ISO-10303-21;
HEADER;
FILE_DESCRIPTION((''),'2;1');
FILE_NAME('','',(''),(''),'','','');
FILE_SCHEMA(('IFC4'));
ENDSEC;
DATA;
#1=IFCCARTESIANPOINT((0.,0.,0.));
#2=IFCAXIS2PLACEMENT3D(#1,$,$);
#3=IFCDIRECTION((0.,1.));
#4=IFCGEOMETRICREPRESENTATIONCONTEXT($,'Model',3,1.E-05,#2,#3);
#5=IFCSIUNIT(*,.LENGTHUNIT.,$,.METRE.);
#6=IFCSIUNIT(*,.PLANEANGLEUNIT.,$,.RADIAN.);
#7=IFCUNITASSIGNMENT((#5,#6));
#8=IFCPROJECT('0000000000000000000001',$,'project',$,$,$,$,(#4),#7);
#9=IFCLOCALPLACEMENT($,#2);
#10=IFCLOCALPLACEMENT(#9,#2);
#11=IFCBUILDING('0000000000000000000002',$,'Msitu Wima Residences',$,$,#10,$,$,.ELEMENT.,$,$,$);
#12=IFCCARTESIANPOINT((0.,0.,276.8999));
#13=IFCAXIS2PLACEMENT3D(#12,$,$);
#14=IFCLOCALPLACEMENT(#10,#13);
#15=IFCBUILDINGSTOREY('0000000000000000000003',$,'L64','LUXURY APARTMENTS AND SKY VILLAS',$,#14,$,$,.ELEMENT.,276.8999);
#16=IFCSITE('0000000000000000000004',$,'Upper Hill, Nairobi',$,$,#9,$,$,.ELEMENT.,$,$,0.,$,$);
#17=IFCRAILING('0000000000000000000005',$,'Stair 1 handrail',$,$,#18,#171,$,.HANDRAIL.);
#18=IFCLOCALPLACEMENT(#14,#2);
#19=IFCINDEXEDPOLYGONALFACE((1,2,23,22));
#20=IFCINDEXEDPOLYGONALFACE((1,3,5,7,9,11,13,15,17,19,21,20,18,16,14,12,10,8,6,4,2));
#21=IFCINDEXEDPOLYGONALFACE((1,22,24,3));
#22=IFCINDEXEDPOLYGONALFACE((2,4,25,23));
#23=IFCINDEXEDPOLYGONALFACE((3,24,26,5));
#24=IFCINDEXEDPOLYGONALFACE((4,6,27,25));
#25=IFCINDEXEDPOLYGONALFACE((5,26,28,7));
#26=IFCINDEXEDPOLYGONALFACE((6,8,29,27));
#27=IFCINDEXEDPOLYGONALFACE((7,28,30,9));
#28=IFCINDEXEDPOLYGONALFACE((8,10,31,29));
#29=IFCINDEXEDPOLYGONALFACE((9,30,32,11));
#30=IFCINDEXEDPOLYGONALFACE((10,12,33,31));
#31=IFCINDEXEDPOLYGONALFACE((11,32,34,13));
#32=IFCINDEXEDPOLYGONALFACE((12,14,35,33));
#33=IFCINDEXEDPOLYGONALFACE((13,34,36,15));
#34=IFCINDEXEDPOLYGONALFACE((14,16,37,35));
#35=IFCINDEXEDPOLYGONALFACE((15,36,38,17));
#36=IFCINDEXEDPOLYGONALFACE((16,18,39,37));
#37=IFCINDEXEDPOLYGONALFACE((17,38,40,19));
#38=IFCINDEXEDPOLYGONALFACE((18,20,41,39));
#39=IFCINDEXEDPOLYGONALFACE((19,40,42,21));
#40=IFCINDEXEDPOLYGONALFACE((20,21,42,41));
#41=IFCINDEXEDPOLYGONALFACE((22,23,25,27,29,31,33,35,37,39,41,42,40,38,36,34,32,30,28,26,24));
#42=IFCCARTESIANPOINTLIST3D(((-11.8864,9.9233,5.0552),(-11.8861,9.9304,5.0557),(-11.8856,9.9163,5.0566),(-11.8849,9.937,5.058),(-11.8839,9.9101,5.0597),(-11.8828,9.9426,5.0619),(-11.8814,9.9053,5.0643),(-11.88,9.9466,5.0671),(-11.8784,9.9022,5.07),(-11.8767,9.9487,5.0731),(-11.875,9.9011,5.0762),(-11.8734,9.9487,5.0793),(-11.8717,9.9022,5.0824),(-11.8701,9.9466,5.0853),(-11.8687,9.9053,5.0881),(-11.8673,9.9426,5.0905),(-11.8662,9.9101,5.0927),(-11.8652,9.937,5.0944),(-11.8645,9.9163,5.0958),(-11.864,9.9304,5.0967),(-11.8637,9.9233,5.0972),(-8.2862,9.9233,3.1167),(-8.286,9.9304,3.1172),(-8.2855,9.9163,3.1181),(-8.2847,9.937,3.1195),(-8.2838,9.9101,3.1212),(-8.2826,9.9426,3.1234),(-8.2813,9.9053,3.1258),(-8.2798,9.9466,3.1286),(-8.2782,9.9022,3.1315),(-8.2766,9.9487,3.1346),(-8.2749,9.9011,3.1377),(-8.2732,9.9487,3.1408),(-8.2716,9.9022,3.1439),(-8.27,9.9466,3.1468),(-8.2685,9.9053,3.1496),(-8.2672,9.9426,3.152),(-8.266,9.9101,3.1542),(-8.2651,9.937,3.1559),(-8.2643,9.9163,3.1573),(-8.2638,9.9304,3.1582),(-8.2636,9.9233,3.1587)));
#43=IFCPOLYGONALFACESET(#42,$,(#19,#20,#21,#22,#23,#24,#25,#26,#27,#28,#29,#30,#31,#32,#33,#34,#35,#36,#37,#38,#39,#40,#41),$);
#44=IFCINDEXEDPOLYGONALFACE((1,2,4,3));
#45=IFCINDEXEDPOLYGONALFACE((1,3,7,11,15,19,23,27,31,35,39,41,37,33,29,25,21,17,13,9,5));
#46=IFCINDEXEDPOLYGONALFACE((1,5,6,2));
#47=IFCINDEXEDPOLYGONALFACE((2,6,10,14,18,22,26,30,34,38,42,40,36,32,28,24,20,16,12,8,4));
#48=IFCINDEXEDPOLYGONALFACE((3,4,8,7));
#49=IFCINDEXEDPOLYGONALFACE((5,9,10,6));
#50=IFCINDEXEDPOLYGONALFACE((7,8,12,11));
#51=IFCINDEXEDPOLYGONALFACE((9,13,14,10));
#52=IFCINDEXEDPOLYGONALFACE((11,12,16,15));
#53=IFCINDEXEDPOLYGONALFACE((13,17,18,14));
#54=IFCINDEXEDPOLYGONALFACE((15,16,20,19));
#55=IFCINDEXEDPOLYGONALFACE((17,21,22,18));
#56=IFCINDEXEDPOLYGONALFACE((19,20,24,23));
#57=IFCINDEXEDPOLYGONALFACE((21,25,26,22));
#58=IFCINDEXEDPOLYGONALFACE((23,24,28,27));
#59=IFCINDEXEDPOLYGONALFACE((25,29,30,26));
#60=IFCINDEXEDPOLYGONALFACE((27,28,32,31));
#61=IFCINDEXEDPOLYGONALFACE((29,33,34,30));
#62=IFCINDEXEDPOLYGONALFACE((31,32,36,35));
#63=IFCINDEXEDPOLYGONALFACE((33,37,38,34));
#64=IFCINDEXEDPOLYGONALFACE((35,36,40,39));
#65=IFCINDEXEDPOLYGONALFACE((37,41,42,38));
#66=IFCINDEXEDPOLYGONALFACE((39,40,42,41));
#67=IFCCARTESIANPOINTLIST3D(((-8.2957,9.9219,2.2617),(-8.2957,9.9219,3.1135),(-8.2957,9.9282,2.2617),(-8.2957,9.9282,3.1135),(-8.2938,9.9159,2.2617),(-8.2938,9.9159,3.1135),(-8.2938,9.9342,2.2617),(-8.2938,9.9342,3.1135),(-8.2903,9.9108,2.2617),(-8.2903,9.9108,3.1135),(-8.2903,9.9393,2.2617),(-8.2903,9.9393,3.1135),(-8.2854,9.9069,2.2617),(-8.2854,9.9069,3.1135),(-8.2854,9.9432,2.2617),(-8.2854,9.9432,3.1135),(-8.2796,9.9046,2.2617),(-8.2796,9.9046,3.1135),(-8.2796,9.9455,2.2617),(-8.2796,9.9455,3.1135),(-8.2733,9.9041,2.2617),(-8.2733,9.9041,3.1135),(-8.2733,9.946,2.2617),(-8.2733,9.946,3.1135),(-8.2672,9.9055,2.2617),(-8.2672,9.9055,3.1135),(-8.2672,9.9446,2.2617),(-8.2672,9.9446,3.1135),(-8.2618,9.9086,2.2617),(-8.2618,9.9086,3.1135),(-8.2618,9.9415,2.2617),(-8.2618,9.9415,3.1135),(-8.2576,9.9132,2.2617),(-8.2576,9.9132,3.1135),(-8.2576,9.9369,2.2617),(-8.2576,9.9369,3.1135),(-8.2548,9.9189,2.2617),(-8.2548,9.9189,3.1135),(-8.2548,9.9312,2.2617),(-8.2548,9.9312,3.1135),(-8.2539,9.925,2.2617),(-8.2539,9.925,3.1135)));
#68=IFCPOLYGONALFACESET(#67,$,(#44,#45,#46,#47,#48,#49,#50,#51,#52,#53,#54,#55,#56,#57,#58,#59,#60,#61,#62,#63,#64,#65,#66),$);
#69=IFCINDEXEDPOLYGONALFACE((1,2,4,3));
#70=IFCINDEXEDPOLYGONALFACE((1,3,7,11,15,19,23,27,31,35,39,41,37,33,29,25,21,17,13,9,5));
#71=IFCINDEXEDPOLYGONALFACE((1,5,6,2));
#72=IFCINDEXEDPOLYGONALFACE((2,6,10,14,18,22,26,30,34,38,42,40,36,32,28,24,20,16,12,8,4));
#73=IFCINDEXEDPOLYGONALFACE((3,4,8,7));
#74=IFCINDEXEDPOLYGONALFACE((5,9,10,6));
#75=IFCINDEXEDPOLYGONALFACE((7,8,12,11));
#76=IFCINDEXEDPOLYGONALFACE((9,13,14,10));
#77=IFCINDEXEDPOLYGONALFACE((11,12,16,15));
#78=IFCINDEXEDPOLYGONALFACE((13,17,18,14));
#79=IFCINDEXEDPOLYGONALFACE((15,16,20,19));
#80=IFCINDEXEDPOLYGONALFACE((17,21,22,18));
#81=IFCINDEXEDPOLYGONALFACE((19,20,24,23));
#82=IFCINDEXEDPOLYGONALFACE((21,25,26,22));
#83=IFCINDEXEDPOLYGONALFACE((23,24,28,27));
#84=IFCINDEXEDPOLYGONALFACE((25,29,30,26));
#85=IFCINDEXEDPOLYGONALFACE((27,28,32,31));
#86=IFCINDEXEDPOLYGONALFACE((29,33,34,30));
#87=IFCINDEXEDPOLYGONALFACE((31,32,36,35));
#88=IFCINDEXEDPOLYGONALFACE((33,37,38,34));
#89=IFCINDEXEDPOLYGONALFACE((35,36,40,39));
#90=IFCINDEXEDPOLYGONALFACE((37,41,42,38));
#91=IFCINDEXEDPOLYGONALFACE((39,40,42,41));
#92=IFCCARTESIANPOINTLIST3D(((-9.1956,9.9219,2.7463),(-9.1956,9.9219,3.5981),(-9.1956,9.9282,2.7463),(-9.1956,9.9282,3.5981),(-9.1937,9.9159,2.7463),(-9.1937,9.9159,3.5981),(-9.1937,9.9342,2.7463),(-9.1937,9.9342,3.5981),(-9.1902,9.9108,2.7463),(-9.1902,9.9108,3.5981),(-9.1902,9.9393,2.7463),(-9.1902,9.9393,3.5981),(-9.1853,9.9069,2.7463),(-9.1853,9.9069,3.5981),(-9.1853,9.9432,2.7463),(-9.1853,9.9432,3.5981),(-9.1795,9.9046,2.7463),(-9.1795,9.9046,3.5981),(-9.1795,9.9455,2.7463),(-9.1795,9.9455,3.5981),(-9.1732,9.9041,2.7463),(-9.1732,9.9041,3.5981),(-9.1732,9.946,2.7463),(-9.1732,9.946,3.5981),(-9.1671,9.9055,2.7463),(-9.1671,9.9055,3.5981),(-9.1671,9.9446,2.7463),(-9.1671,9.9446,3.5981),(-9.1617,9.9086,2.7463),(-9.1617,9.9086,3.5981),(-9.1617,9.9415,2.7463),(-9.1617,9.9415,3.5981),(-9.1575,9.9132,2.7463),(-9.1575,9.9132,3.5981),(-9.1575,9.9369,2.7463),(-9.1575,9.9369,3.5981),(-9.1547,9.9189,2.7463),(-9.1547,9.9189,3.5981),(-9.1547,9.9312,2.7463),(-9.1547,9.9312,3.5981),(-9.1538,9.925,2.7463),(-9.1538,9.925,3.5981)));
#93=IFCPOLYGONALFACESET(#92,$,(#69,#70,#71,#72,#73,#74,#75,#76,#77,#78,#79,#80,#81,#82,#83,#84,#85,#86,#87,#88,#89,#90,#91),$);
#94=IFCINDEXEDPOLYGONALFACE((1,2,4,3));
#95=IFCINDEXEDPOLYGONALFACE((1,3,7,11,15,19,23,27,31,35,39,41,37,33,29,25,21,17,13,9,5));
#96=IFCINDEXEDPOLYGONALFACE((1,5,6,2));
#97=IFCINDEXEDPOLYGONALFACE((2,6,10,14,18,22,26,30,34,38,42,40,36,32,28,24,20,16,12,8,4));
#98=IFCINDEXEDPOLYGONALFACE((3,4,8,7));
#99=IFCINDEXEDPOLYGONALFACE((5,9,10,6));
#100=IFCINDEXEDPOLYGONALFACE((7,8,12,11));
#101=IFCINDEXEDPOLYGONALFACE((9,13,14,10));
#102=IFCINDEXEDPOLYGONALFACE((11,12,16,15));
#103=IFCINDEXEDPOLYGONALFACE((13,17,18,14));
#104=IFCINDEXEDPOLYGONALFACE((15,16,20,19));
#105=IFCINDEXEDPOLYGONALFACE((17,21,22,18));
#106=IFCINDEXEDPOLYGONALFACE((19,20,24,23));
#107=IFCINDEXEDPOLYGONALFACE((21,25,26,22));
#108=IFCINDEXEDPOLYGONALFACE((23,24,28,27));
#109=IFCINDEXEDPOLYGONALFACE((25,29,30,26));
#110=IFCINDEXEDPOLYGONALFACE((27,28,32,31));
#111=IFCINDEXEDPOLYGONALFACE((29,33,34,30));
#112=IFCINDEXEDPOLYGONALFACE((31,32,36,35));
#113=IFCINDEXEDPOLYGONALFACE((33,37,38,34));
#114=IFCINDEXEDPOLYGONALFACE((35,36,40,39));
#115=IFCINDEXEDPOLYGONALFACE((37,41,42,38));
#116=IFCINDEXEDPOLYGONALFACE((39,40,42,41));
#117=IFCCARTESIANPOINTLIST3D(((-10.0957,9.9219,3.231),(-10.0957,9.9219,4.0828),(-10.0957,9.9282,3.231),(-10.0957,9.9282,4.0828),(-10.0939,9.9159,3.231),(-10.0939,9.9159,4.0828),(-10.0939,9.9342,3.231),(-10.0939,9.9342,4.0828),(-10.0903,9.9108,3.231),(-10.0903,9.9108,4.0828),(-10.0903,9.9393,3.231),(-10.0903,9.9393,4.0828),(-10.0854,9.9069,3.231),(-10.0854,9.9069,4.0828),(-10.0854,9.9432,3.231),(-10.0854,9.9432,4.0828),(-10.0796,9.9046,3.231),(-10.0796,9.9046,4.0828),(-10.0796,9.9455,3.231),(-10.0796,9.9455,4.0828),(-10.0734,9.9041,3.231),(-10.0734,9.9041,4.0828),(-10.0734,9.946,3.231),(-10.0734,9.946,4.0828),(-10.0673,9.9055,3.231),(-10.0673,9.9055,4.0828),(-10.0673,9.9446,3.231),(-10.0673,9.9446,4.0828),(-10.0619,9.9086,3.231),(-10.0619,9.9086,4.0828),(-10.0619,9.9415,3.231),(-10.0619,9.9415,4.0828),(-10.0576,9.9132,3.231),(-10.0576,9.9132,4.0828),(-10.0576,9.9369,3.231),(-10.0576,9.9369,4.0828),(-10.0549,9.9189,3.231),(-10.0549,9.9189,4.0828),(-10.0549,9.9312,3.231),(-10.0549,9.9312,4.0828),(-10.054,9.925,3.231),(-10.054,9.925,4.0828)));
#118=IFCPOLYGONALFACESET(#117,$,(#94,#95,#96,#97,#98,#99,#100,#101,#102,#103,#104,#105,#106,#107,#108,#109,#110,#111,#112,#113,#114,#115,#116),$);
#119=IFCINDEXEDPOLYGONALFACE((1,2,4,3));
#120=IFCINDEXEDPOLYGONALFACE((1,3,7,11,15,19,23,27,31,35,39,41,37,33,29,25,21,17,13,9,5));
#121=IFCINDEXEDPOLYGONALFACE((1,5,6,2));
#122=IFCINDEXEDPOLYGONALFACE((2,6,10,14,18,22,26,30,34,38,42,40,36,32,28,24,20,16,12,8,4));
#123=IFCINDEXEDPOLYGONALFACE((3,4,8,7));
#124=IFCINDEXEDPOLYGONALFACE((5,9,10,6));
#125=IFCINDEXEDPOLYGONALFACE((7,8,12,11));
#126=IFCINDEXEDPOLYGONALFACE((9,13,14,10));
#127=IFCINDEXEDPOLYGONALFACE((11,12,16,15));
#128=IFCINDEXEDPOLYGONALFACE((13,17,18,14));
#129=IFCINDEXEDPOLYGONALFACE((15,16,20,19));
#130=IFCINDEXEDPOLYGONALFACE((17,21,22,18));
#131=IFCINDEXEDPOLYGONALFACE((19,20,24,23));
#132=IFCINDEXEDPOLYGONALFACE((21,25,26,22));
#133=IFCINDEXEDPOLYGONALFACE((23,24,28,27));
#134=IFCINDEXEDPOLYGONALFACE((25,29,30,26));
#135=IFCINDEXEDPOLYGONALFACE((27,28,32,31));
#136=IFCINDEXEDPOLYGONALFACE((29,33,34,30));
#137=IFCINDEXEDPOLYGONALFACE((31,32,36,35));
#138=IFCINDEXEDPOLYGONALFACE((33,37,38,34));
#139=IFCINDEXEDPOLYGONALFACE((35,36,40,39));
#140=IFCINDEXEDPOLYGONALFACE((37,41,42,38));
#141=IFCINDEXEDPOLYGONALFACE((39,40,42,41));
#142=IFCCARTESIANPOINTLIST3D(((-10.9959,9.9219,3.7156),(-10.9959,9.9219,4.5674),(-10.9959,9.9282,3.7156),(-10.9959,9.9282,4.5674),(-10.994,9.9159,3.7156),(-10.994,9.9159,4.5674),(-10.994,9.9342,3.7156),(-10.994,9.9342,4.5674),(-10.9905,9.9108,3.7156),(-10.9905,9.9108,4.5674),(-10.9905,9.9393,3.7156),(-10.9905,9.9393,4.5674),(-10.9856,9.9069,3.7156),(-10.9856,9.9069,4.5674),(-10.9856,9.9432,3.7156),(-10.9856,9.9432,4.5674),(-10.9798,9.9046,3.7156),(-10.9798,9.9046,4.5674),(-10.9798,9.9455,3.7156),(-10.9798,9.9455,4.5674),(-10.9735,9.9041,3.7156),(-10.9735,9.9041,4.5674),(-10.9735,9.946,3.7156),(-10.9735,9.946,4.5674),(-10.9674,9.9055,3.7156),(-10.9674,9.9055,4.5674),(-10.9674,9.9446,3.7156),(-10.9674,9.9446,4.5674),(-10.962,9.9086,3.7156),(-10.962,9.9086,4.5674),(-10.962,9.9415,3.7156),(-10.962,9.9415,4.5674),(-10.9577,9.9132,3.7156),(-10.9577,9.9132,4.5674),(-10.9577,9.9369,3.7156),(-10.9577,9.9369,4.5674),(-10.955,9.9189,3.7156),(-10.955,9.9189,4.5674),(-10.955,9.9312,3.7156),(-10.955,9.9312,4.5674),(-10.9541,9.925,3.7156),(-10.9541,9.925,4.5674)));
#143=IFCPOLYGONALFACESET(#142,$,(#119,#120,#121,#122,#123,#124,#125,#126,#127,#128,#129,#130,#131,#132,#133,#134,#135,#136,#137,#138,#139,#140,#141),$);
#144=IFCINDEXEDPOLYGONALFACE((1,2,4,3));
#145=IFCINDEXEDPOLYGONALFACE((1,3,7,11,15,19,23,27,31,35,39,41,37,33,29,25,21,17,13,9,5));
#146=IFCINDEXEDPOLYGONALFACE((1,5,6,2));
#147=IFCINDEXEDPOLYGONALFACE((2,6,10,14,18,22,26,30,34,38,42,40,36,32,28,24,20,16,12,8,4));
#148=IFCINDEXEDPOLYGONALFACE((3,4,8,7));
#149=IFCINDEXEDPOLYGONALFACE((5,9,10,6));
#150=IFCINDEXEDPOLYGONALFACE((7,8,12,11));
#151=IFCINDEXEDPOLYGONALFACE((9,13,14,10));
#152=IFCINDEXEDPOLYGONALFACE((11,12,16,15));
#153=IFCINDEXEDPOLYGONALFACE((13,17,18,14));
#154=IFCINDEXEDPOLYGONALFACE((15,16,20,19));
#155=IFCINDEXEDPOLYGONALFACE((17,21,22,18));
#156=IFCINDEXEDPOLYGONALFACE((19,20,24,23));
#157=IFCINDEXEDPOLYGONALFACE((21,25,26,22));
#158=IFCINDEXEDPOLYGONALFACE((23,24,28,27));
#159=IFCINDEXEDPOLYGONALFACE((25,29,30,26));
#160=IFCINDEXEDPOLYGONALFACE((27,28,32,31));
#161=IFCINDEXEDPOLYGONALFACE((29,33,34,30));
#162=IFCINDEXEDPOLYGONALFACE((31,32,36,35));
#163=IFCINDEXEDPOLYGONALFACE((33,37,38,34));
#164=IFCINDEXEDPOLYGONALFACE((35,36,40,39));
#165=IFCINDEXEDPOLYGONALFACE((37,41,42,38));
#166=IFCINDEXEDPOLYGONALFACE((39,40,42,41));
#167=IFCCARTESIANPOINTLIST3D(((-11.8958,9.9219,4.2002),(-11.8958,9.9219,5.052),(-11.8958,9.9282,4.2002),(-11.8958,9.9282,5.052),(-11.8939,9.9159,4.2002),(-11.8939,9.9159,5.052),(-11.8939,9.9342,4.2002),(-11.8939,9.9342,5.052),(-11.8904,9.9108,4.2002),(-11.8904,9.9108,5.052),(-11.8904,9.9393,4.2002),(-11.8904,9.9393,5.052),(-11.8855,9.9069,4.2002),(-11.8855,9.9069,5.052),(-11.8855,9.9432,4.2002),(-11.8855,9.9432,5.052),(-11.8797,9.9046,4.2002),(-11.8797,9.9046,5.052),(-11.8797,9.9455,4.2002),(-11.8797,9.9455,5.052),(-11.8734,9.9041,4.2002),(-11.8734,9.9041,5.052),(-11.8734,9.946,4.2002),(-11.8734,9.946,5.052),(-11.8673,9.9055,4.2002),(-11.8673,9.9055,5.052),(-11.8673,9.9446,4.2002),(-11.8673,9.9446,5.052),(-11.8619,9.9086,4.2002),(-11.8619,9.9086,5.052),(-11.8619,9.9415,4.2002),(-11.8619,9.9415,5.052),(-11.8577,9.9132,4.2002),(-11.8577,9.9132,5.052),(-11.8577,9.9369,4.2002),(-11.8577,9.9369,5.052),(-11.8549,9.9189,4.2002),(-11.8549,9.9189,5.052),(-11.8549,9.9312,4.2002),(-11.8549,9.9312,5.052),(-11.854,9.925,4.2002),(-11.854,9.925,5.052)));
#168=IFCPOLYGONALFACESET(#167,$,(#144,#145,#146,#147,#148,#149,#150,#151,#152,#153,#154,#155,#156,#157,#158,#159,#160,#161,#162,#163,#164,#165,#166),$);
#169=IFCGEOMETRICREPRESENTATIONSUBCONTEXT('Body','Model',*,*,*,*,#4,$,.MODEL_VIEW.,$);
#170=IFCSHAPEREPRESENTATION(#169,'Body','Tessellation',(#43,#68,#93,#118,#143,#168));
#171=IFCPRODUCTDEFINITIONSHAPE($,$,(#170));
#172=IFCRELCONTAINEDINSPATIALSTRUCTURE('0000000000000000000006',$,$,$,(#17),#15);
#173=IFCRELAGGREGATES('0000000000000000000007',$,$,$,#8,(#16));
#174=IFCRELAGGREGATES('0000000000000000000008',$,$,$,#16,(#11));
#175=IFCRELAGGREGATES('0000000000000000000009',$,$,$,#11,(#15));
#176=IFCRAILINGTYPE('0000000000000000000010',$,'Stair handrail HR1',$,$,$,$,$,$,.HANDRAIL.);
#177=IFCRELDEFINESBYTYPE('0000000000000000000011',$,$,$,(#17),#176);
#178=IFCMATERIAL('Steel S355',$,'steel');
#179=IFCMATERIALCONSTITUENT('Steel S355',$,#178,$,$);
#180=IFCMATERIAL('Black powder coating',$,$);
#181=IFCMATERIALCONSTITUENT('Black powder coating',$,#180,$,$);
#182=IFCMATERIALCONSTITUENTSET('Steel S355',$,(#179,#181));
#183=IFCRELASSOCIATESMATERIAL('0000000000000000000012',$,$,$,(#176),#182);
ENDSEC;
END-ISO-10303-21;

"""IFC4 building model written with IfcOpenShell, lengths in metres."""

from ifc_helpers import new_model, si_unit, direction, frame, origin, origin_2d, place, context, subcontext, project, spatial, circle, extrude, material, constituent, constituent_set, type_object, element, save


model = new_model("IFC4")

# Units and contexts
model_context = context("Model", 3, precision=1e-05, world=origin(), true_north=direction((0.0, 1.0)))
body_context = subcontext(model_context, "Body", "Model", "MODEL_VIEW")
ifc_project = project(units=[si_unit("LENGTHUNIT", "METRE"), si_unit("PLANEANGLEUNIT", "RADIAN")], contexts=[model_context])

# Site, building, storey
site_placement = place(None, origin())
site = spatial("IfcSite", under=ifc_project, at=site_placement, Name="Upper Hill, Nairobi", CompositionType="ELEMENT", RefElevation=0.0)
building_placement = place(site_placement, origin())
building = spatial("IfcBuilding", under=site, at=building_placement, Name="Msitu Wima Residences", CompositionType="ELEMENT")
storey_placement = place(building_placement, frame((0.0, 0.0, 276.8999)))
storey = spatial("IfcBuildingStorey", under=building, at=storey_placement, Name="L64", Description="LUXURY APARTMENTS AND SKY VILLAS", CompositionType="ELEMENT", Elevation=276.8999)

# Railing
ifc_material_1 = material(Name="Steel S355", Category="steel")
ifc_constituent_1 = constituent(ifc_material_1, Name="Steel S355")
ifc_material_2 = material(Name="Black powder coating")
ifc_constituent_2 = constituent(ifc_material_2, Name="Black powder coating")
ifc_constituent_set_1 = constituent_set(constituents=[ifc_constituent_1, ifc_constituent_2], Name="Steel S355")
railing_type_1 = type_object("IfcRailingType", Name="Stair handrail HR1", PredefinedType="HANDRAIL", material=ifc_constituent_set_1)
for number, where, name in (
    (1, (-8.2749, 9.925, 2.2617), "Stair 1 handrail"),
):
    element("IfcRailing", number, at=place(storey_placement, frame(where)), inside=storey, type_object=railing_type_1, Name=name, PredefinedType="HANDRAIL", context=body_context, shape_type="SweptSolid", body=[
        extrude(circle(Radius=0.0239, at=origin_2d()), frame((0.0, 0.0, 0.876), z_axis=(-0.880475, 0.0, 0.474093), x_axis=(0.0, -1.0, 0.0)), (0.0, 0.0, 1.0), 4.0889),
        extrude(circle(Radius=0.021, at=origin_2d()), origin(), (0.0, 0.0, 1.0), 0.8518),
        extrude(circle(Radius=0.021, at=origin_2d()), frame((-0.8999, 0.0, 0.4846)), (0.0, 0.0, 1.0), 0.8518),
        extrude(circle(Radius=0.021, at=origin_2d()), frame((-1.8, 0.0, 0.9692)), (0.0, 0.0, 1.0), 0.8518),
        extrude(circle(Radius=0.021, at=origin_2d()), frame((-2.7002, 0.0, 1.4539)), (0.0, 0.0, 1.0), 0.8518),
        extrude(circle(Radius=0.021, at=origin_2d()), frame((-3.6001, 0.0, 1.9385)), (0.0, 0.0, 1.0), 0.8518),
    ])

save(model, "model.ifc")
